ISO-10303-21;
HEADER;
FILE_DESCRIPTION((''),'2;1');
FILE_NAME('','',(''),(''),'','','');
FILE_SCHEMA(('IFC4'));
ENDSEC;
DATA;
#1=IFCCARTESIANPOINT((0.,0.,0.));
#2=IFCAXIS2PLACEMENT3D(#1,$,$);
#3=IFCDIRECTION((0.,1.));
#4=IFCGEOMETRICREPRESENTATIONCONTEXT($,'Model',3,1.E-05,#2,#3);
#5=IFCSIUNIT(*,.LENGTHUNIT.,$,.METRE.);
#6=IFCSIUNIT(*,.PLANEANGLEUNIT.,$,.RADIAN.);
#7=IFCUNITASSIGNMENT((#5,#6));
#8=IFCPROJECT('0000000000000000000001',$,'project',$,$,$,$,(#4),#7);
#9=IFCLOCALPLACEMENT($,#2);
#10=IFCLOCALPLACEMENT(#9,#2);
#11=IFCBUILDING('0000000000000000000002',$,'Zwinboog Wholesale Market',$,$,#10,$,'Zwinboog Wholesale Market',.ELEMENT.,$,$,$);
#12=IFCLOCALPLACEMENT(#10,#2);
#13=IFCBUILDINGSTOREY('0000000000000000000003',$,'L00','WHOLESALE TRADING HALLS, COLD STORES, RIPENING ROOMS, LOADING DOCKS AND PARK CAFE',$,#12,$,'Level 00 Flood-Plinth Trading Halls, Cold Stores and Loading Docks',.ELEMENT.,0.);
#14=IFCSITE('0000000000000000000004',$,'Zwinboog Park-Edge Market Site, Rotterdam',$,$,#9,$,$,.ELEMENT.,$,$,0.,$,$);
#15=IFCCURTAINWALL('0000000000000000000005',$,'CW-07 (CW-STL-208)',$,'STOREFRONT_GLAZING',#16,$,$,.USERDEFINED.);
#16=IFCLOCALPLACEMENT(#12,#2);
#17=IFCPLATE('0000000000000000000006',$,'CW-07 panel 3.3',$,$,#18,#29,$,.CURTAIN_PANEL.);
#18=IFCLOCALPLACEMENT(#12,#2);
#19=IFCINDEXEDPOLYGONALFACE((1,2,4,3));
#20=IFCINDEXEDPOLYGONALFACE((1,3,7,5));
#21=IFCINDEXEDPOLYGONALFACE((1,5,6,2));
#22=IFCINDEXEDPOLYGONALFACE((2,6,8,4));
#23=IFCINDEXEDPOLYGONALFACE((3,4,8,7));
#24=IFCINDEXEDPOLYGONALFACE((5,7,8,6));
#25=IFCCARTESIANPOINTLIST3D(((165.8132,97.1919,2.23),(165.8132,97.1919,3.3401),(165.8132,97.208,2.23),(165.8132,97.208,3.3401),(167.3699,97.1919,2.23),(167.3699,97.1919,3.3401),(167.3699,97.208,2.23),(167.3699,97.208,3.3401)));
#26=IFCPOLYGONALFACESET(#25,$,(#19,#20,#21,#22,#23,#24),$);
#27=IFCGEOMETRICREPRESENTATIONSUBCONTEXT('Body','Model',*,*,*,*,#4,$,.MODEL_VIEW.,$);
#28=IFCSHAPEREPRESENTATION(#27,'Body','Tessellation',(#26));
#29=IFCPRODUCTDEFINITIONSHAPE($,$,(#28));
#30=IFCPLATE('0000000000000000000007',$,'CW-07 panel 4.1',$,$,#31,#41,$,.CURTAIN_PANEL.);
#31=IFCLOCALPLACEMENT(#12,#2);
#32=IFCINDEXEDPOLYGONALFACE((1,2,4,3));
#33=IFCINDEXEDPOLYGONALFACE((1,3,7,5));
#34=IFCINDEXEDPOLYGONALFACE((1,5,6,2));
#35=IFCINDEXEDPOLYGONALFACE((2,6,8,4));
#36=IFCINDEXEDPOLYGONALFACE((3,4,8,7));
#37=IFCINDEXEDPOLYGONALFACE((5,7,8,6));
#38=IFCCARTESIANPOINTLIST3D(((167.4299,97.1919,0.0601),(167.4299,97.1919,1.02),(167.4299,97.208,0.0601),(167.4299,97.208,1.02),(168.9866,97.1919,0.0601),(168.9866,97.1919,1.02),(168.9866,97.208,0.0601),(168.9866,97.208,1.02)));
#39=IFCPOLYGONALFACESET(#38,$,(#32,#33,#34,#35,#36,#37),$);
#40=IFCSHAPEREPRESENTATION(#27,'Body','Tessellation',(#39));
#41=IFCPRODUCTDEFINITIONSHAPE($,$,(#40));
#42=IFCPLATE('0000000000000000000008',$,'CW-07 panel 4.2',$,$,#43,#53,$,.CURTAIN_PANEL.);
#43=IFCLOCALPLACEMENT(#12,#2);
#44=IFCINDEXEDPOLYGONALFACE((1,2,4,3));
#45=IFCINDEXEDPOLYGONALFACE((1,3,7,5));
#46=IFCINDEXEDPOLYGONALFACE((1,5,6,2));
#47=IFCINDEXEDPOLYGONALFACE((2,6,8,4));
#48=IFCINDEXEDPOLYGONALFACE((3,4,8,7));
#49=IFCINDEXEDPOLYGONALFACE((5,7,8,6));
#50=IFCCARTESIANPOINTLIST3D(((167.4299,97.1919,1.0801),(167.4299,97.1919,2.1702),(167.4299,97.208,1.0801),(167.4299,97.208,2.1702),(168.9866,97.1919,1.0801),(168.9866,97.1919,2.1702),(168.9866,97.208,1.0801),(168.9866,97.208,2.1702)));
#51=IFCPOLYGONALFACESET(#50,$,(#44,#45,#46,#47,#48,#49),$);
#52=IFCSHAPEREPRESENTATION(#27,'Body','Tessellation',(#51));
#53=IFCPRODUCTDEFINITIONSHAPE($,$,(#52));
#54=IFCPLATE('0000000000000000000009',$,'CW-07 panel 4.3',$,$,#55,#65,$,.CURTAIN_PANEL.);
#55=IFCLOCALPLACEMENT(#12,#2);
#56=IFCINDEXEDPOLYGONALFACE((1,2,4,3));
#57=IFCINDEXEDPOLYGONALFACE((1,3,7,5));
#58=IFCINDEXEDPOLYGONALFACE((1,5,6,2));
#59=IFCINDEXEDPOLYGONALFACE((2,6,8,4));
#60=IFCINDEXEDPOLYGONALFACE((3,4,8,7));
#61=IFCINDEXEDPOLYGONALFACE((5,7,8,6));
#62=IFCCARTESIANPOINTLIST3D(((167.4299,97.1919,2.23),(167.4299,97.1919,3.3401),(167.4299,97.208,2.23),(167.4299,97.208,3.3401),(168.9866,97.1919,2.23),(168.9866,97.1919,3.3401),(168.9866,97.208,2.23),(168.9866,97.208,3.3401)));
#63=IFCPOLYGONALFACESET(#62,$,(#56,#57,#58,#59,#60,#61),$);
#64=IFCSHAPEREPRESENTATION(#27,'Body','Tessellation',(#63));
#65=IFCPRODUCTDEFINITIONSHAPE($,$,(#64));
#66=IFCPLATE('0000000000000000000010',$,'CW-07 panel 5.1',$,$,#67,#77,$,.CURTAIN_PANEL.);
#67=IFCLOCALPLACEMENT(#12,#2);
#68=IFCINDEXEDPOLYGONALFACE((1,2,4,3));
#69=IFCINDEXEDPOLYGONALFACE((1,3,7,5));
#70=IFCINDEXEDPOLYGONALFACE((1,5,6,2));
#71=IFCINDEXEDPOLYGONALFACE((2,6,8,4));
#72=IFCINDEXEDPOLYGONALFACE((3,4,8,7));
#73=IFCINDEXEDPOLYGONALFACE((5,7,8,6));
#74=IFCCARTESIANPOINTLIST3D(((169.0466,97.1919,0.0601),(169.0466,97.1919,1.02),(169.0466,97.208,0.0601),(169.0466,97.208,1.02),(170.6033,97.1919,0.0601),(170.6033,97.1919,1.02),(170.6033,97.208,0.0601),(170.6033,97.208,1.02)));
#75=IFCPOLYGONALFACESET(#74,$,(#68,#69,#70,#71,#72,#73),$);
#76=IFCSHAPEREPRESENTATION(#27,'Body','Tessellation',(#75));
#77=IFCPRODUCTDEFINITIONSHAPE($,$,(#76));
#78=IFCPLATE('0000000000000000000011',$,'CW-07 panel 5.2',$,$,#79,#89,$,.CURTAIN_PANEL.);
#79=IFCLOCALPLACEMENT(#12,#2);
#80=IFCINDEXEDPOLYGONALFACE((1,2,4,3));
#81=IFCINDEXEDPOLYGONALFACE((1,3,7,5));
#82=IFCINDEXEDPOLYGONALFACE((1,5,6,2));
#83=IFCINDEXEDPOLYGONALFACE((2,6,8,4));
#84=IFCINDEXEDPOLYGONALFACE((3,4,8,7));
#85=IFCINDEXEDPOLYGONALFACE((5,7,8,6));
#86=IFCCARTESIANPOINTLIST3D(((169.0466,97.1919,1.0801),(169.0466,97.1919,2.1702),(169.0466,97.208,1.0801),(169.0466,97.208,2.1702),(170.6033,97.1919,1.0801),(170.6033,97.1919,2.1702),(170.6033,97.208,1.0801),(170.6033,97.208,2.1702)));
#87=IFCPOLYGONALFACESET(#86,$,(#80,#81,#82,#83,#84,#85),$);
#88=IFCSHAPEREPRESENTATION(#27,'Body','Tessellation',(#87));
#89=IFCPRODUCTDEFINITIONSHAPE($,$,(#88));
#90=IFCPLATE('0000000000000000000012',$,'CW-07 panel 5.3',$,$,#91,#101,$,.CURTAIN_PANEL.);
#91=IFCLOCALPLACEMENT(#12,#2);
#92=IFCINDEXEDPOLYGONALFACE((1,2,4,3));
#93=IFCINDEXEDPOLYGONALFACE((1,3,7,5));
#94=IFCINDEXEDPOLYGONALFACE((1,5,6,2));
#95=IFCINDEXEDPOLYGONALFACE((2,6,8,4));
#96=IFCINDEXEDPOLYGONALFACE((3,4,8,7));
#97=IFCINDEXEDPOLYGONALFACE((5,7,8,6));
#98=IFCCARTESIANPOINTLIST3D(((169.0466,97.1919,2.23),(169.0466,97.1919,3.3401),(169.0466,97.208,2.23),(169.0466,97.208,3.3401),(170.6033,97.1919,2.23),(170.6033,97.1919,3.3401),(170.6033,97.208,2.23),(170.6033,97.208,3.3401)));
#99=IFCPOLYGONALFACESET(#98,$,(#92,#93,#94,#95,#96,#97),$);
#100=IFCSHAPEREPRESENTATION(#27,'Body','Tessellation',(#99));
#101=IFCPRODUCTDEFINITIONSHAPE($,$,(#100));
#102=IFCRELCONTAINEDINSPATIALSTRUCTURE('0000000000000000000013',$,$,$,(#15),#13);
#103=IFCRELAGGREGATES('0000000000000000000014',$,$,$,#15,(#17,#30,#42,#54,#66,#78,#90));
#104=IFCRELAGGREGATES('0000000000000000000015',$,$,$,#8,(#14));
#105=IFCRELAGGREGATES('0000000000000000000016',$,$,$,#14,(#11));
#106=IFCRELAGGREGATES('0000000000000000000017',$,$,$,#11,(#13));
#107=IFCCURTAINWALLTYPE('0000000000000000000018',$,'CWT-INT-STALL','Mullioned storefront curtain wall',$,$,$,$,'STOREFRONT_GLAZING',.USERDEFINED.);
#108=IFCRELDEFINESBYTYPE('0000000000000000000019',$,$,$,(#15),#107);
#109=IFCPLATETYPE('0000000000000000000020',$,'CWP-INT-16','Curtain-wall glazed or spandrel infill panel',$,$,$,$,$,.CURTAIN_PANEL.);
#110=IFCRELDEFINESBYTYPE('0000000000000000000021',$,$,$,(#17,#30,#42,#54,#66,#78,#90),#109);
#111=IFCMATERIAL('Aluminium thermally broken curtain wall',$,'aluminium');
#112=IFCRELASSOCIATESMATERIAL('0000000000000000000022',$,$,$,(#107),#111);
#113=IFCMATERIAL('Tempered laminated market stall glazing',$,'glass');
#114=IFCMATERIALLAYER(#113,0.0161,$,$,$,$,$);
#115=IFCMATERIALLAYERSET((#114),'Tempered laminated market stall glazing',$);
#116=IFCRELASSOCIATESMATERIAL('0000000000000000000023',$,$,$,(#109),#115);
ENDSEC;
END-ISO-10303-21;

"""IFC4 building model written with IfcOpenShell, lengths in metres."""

from ifc_helpers import new_model, si_unit, direction, frame, origin, origin_2d, place, context, subcontext, project, spatial, rectangle, extrude, material, layer, layer_set, type_object, element, aggregate, save


model = new_model("IFC4")

# Units and contexts
model_context = context("Model", 3, precision=1e-05, world=origin(), true_north=direction((0.0, 1.0)))
body_context = subcontext(model_context, "Body", "Model", "MODEL_VIEW")
ifc_project = project(units=[si_unit("LENGTHUNIT", "METRE"), si_unit("PLANEANGLEUNIT", "RADIAN")], contexts=[model_context])

# Site, building, storey
site_placement = place(None, origin())
site = spatial("IfcSite", under=ifc_project, at=site_placement, Name="Zwinboog Park-Edge Market Site, Rotterdam", CompositionType="ELEMENT", RefElevation=0.0)
building_placement = place(site_placement, origin())
building = spatial("IfcBuilding", under=site, at=building_placement, Name="Zwinboog Wholesale Market", LongName="Zwinboog Wholesale Market", CompositionType="ELEMENT")
storey_placement = place(building_placement, origin())
storey = spatial("IfcBuildingStorey", under=building, at=storey_placement, Name="L00", Description="WHOLESALE TRADING HALLS, COLD STORES, RIPENING ROOMS, LOADING DOCKS AND PARK CAFE", LongName="Level 00 Flood-Plinth Trading Halls, Cold Stores and Loading Docks", CompositionType="ELEMENT", Elevation=0.0)

# Curtain wall, plates
ifc_material_1 = material(Name="Aluminium thermally broken curtain wall", Category="aluminium")
curtain_wall_type = type_object("IfcCurtainWallType", Name="CWT-INT-STALL", Description="Mullioned storefront curtain wall", ElementType="STOREFRONT_GLAZING", PredefinedType="USERDEFINED", material=ifc_material_1)
curtain_wall_placement = place(storey_placement, origin())
curtain_wall = element("IfcCurtainWall", 1, at=curtain_wall_placement, inside=storey, type_object=curtain_wall_type, Name="CW-07 (CW-STL-208)", ObjectType="STOREFRONT_GLAZING", PredefinedType="USERDEFINED")
ifc_material_2 = material(Name="Tempered laminated market stall glazing", Category="glass")
ifc_layer = layer(ifc_material_2, 0.0161)
ifc_layer_set = layer_set([ifc_layer], Name="Tempered laminated market stall glazing")
plate_type = type_object("IfcPlateType", Name="CWP-INT-16", Description="Curtain-wall glazed or spandrel infill panel", PredefinedType="CURTAIN_PANEL", material=ifc_layer_set)
plate_1_placement = place(storey_placement, frame((166.5916, 97.2, 2.23), z_axis=(0.0, 0.0, 1.0), x_axis=(1.0, 0.0, 0.0)))
plate_1 = element("IfcPlate", 2, at=plate_1_placement, type_object=plate_type, Name="CW-07 panel 3.3", PredefinedType="CURTAIN_PANEL", context=body_context, shape_type="SweptSolid", body=[
    extrude(rectangle(XDim=1.5566, YDim=0.0161, at=origin_2d()), origin(), (0.0, 0.0, 1.0), 1.1101),
])
plate_2_placement = place(storey_placement, frame((168.2083, 97.2, 0.0601), z_axis=(0.0, 0.0, 1.0), x_axis=(1.0, 0.0, 0.0)))
plate_2 = element("IfcPlate", 3, at=plate_2_placement, type_object=plate_type, Name="CW-07 panel 4.1", PredefinedType="CURTAIN_PANEL", context=body_context, shape_type="SweptSolid", body=[
    extrude(rectangle(XDim=1.5566, YDim=0.0161, at=origin_2d()), origin(), (0.0, 0.0, 1.0), 0.96),
])
plate_3_placement = place(storey_placement, frame((168.2083, 97.2, 1.0801), z_axis=(0.0, 0.0, 1.0), x_axis=(1.0, 0.0, 0.0)))
plate_3 = element("IfcPlate", 4, at=plate_3_placement, type_object=plate_type, Name="CW-07 panel 4.2", PredefinedType="CURTAIN_PANEL", context=body_context, shape_type="SweptSolid", body=[
    extrude(rectangle(XDim=1.5566, YDim=0.0161, at=origin_2d()), origin(), (0.0, 0.0, 1.0), 1.0901),
])
plate_4_placement = place(storey_placement, frame((168.2083, 97.2, 2.23), z_axis=(0.0, 0.0, 1.0), x_axis=(1.0, 0.0, 0.0)))
plate_4 = element("IfcPlate", 5, at=plate_4_placement, type_object=plate_type, Name="CW-07 panel 4.3", PredefinedType="CURTAIN_PANEL", context=body_context, shape_type="SweptSolid", body=[
    extrude(rectangle(XDim=1.5566, YDim=0.0161, at=origin_2d()), origin(), (0.0, 0.0, 1.0), 1.1101),
])
plate_5_placement = place(storey_placement, frame((169.825, 97.2, 0.0601), z_axis=(0.0, 0.0, 1.0), x_axis=(1.0, 0.0, 0.0)))
plate_5 = element("IfcPlate", 6, at=plate_5_placement, type_object=plate_type, Name="CW-07 panel 5.1", PredefinedType="CURTAIN_PANEL", context=body_context, shape_type="SweptSolid", body=[
    extrude(rectangle(XDim=1.5566, YDim=0.0161, at=origin_2d()), origin(), (0.0, 0.0, 1.0), 0.96),
])
plate_6_placement = place(storey_placement, frame((169.825, 97.2, 1.0801), z_axis=(0.0, 0.0, 1.0), x_axis=(1.0, 0.0, 0.0)))
plate_6 = element("IfcPlate", 7, at=plate_6_placement, type_object=plate_type, Name="CW-07 panel 5.2", PredefinedType="CURTAIN_PANEL", context=body_context, shape_type="SweptSolid", body=[
    extrude(rectangle(XDim=1.5566, YDim=0.0161, at=origin_2d()), origin(), (0.0, 0.0, 1.0), 1.0901),
])
plate_7_placement = place(storey_placement, frame((169.825, 97.2, 2.23), z_axis=(0.0, 0.0, 1.0), x_axis=(1.0, 0.0, 0.0)))
plate_7 = element("IfcPlate", 8, at=plate_7_placement, type_object=plate_type, Name="CW-07 panel 5.3", PredefinedType="CURTAIN_PANEL", context=body_context, shape_type="SweptSolid", body=[
    extrude(rectangle(XDim=1.5566, YDim=0.0161, at=origin_2d()), origin(), (0.0, 0.0, 1.0), 1.1101),
])
aggregate(curtain_wall, [plate_1, plate_2, plate_3, plate_4, plate_5, plate_6, plate_7])

save(model, "model.ifc")
